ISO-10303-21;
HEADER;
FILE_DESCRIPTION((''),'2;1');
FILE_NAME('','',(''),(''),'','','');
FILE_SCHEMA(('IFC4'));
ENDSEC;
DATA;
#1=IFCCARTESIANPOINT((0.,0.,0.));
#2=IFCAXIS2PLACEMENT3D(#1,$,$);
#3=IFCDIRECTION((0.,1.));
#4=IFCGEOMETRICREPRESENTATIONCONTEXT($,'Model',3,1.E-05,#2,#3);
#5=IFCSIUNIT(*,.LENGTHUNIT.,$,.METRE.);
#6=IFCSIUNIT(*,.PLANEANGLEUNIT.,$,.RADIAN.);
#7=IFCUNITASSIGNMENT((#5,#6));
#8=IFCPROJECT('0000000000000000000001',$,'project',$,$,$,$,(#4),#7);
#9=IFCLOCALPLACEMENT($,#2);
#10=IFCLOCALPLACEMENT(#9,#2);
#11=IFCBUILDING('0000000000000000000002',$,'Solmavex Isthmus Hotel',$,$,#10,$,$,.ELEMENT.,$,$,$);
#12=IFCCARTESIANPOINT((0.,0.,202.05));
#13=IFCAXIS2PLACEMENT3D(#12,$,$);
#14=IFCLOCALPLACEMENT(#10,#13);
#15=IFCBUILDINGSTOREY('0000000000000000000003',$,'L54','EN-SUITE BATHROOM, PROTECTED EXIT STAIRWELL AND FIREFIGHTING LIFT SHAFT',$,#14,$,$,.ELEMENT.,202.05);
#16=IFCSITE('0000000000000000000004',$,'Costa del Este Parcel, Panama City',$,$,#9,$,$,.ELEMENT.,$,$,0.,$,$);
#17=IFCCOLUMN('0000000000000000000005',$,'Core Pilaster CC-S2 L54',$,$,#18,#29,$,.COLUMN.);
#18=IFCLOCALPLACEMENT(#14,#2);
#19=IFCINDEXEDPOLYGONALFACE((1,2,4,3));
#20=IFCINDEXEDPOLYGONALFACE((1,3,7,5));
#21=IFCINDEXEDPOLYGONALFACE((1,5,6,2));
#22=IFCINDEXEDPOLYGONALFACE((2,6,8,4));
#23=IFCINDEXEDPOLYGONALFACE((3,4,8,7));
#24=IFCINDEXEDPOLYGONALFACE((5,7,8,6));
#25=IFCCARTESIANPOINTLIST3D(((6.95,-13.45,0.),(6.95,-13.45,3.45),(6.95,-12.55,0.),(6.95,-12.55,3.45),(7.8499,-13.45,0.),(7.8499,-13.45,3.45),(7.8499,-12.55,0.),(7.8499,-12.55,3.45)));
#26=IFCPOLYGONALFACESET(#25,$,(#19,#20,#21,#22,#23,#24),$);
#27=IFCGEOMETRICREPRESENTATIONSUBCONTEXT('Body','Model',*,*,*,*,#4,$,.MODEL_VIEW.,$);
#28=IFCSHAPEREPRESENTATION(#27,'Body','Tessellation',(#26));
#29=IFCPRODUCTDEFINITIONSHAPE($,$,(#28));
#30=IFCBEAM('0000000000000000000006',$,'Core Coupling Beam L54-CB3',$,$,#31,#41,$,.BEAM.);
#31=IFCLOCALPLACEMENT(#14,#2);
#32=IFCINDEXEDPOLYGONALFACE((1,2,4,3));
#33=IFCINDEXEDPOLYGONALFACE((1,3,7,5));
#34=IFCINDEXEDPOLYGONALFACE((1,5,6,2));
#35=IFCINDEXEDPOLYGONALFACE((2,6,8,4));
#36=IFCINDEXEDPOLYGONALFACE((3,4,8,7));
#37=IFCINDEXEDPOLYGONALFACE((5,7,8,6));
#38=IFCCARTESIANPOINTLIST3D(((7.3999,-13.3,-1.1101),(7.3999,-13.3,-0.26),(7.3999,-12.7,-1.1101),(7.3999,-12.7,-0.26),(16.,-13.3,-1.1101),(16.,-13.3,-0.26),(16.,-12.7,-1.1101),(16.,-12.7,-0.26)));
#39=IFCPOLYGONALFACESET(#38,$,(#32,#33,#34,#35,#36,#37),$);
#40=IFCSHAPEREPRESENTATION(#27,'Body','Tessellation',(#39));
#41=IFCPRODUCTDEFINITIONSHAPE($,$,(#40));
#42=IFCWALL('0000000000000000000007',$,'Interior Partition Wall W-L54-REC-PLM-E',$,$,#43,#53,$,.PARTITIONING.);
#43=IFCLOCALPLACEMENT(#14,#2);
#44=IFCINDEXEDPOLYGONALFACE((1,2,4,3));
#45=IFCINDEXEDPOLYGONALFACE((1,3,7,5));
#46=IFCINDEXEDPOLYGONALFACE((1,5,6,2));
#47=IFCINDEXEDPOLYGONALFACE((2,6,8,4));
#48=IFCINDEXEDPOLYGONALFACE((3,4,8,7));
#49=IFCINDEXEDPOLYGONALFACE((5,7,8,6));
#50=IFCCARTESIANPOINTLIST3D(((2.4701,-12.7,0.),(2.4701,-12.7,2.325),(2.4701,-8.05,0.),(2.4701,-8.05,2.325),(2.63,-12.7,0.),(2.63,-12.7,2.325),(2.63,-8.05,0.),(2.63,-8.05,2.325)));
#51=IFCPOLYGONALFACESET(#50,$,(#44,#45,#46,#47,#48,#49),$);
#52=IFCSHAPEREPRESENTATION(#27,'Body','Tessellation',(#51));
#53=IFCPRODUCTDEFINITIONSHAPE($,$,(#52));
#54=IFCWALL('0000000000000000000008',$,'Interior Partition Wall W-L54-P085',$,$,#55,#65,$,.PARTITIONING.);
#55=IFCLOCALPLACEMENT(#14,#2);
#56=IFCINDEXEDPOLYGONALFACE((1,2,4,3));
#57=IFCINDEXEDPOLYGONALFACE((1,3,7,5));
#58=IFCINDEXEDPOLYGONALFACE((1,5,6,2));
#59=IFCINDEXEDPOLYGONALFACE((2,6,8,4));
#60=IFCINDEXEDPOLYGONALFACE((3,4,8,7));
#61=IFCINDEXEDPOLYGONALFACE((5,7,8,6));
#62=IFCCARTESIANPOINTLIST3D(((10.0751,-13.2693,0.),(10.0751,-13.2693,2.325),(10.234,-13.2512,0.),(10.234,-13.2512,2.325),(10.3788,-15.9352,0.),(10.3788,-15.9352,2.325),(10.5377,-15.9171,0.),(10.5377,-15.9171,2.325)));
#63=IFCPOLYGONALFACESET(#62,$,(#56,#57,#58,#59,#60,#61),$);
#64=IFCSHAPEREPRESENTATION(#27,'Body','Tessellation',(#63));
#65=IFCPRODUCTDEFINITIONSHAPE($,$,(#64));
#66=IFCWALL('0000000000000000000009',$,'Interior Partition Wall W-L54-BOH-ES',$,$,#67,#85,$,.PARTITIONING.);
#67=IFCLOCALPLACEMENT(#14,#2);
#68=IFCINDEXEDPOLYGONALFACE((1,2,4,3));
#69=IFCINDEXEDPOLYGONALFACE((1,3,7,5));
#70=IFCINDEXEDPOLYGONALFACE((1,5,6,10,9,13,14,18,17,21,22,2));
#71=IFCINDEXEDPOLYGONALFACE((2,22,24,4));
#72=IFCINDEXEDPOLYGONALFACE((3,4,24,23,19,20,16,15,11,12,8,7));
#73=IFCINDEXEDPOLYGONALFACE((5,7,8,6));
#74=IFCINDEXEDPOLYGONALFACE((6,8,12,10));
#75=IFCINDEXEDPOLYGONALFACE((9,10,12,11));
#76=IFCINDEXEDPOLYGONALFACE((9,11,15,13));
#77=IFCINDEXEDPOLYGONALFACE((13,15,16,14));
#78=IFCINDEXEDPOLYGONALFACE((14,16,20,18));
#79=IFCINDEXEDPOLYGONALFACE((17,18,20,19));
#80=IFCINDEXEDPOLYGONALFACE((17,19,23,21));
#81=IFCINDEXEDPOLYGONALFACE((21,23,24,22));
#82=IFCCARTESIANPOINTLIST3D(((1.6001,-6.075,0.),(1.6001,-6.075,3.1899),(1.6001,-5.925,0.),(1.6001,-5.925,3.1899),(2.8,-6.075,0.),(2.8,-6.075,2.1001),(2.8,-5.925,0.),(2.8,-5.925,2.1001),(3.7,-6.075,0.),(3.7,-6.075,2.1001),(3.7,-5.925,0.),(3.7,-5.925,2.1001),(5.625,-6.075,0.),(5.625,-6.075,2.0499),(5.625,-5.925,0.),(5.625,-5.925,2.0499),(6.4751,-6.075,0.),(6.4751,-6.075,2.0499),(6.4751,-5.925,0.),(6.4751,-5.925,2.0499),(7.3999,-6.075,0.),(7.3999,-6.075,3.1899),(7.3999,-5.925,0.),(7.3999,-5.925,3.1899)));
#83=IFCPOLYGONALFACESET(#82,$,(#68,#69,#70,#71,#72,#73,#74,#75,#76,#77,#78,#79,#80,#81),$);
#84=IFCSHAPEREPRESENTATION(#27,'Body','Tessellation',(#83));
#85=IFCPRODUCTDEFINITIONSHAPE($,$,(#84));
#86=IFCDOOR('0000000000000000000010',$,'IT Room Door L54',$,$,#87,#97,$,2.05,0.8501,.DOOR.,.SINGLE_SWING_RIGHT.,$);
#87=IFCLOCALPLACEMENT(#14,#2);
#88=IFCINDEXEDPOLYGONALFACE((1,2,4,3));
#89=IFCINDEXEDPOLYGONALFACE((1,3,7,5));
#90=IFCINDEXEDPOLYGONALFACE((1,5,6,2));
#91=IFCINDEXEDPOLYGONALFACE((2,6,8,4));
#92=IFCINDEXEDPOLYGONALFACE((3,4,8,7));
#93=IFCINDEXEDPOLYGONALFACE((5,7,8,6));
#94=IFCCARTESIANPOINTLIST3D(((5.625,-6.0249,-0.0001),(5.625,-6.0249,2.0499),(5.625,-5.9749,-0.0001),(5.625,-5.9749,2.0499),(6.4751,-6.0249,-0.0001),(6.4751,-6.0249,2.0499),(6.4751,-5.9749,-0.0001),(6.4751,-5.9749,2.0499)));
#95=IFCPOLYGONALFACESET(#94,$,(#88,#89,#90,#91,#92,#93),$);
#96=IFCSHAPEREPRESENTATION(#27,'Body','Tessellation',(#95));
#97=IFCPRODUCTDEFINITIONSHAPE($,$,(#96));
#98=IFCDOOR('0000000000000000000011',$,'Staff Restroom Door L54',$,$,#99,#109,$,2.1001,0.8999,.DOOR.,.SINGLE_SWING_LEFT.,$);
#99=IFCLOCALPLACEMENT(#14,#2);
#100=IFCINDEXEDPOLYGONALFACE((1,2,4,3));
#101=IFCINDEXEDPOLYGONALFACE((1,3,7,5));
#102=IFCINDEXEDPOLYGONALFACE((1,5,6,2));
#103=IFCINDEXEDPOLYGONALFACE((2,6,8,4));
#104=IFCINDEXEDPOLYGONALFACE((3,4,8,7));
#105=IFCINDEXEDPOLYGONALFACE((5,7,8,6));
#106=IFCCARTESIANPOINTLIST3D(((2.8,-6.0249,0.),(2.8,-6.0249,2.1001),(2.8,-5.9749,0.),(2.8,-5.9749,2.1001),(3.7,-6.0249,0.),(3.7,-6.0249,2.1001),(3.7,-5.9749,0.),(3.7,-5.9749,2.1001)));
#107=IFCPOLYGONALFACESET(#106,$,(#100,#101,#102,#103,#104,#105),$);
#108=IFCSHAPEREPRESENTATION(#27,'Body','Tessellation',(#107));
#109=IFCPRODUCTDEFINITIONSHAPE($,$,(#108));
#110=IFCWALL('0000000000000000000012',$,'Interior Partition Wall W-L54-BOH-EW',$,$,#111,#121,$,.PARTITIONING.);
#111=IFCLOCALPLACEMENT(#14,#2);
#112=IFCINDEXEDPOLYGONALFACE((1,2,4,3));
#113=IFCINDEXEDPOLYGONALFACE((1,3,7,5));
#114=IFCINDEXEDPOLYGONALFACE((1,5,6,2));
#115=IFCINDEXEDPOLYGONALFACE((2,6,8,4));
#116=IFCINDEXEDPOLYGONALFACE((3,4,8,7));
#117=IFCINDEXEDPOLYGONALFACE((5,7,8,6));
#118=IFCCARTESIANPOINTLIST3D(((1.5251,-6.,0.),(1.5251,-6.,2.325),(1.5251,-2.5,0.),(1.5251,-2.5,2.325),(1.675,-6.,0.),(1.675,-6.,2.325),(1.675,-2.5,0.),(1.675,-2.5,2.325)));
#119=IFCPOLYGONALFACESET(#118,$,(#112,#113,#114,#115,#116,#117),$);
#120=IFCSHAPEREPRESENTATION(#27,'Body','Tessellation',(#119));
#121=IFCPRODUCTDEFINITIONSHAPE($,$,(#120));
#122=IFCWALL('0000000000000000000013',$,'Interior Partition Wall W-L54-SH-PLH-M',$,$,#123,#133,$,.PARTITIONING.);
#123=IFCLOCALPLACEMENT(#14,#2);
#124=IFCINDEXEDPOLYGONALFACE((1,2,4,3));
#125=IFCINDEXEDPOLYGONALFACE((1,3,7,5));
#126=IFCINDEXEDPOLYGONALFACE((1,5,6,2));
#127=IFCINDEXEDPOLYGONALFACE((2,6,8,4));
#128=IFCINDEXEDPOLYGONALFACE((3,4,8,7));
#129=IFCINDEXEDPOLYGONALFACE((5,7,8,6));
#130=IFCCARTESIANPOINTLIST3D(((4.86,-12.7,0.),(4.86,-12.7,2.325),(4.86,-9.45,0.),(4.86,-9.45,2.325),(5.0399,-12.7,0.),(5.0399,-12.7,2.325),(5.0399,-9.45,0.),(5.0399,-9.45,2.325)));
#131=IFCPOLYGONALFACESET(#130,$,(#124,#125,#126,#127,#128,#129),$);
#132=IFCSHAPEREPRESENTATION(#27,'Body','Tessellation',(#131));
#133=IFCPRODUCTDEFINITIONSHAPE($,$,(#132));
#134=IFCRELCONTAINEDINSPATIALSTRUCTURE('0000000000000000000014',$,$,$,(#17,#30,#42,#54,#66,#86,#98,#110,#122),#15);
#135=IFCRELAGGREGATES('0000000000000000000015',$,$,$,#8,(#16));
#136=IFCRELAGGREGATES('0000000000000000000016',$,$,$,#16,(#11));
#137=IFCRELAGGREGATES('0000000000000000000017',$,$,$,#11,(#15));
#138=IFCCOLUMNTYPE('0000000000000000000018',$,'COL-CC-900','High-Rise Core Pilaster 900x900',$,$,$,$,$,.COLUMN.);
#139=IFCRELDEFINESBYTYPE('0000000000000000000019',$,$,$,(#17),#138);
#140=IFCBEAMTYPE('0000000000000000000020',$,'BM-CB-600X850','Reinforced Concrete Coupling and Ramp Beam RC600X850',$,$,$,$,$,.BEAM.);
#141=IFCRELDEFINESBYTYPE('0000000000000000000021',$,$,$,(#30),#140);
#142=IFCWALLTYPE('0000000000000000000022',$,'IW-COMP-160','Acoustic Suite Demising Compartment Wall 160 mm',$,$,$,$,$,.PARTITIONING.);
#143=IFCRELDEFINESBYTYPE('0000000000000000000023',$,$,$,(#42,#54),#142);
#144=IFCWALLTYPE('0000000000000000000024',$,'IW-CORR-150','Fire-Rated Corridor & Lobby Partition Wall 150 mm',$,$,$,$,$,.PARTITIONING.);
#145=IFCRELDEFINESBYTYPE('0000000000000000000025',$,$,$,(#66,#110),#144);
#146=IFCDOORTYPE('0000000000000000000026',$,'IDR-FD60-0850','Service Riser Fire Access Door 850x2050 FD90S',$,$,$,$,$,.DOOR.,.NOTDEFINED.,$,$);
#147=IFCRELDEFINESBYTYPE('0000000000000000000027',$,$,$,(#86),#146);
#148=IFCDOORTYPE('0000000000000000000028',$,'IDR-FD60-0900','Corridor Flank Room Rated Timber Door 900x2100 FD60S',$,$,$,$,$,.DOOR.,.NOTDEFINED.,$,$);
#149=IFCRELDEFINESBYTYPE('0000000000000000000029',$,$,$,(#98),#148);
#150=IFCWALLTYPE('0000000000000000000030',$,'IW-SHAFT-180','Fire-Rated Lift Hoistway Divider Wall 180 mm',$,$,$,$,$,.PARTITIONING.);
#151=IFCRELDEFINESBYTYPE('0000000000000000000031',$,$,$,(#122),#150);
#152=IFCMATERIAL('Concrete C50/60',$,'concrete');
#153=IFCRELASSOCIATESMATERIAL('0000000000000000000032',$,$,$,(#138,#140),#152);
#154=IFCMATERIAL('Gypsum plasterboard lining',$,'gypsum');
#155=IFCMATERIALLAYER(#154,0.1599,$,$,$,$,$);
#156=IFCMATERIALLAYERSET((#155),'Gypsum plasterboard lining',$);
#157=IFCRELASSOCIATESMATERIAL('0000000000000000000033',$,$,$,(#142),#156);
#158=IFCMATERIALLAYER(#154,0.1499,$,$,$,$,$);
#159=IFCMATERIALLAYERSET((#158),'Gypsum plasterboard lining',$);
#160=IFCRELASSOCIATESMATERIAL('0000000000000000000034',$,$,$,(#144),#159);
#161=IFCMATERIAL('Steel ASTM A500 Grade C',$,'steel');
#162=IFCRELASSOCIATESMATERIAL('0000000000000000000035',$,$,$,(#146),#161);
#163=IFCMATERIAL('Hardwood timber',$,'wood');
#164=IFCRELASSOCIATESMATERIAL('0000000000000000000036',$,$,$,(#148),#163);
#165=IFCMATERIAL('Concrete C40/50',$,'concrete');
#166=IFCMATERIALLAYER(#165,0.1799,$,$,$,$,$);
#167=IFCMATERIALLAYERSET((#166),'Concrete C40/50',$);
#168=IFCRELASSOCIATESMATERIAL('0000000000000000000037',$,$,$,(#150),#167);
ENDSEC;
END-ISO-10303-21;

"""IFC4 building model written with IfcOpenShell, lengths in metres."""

from ifc_helpers import new_model, si_unit, direction, frame, frame_2d, origin, origin_2d, place, context, subcontext, project, spatial, rectangle, extrude, material, layer, layer_set, material_profile, profile_set, type_object, element, fill, save


model = new_model("IFC4")

# Units and contexts
model_context = context("Model", 3, precision=1e-05, world=origin(), true_north=direction((0.0, 1.0)))
body_context = subcontext(model_context, "Body", "Model", "MODEL_VIEW")
ifc_project = project(units=[si_unit("LENGTHUNIT", "METRE"), si_unit("PLANEANGLEUNIT", "RADIAN")], contexts=[model_context])

# Site, building, storey
site_placement = place(None, origin())
site = spatial("IfcSite", under=ifc_project, at=site_placement, Name="Costa del Este Parcel, Panama City", CompositionType="ELEMENT", RefElevation=0.0)
building_placement = place(site_placement, origin())
building = spatial("IfcBuilding", under=site, at=building_placement, Name="Solmavex Isthmus Hotel", CompositionType="ELEMENT")
storey_placement = place(building_placement, frame((0.0, 0.0, 202.05)))
storey = spatial("IfcBuildingStorey", under=building, at=storey_placement, Name="L54", Description="EN-SUITE BATHROOM, PROTECTED EXIT STAIRWELL AND FIREFIGHTING LIFT SHAFT", CompositionType="ELEMENT", Elevation=202.05)

# Column
ifc_material_1 = material(Name="Concrete C50/60", Category="concrete")
ifc_material_profile_1 = material_profile(ifc_material_1, rectangle(XDim=0.8999, YDim=0.8999, at=origin_2d()), Name="RC900X900")
ifc_profile_set_1 = profile_set([ifc_material_profile_1], Name="Concrete C50/60")
column_type = type_object("IfcColumnType", Name="COL-CC-900", Description="High-Rise Core Pilaster 900x900", PredefinedType="COLUMN", material=ifc_profile_set_1)
column_placement = place(storey_placement, frame((7.3999, -13.0, 0.0), z_axis=(0.0, 0.0, 1.0), x_axis=(1.0, 0.0, 0.0)))
element("IfcColumn", 1, at=column_placement, inside=storey, type_object=column_type, Name="Core Pilaster CC-S2 L54", PredefinedType="COLUMN", context=body_context, shape_type="SweptSolid", body=[
    extrude(rectangle(XDim=0.8999, YDim=0.8999, at=origin_2d()), origin(), (0.0, 0.0, 1.0), 3.45),
])

# Beam
ifc_material_profile_2 = material_profile(ifc_material_1, rectangle(XDim=0.6001, YDim=0.8501, at=origin_2d()), Name="RC600X850")
ifc_profile_set_2 = profile_set([ifc_material_profile_2], Name="Concrete C50/60")
beam_type = type_object("IfcBeamType", Name="BM-CB-600X850", Description="Reinforced Concrete Coupling and Ramp Beam RC600X850", PredefinedType="BEAM", material=ifc_profile_set_2)
beam_placement = place(storey_placement, frame((7.3999, -13.0, -0.6851), z_axis=(1.0, 0.0, 0.0), x_axis=(0.0, 1.0, 0.0)))
element("IfcBeam", 2, at=beam_placement, inside=storey, type_object=beam_type, Name="Core Coupling Beam L54-CB3", PredefinedType="BEAM", context=body_context, shape_type="SweptSolid", body=[
    extrude(rectangle(XDim=0.6001, YDim=0.8501, at=origin_2d()), origin(), (0.0, 0.0, 1.0), 8.6001),
])

# Walls
ifc_material_2 = material(Name="Gypsum plasterboard lining", Category="gypsum")
ifc_layer_1 = layer(ifc_material_2, 0.1599)
ifc_layer_set_1 = layer_set([ifc_layer_1], Name="Gypsum plasterboard lining")
wall_type_1 = type_object("IfcWallType", Name="IW-COMP-160", Description="Acoustic Suite Demising Compartment Wall 160 mm", PredefinedType="PARTITIONING", material=ifc_layer_set_1)
wall_1_placement = place(storey_placement, frame((2.55, -12.7, 0.0), z_axis=(0.0, 0.0, 1.0), x_axis=(0.0, 1.0, 0.0)))
element("IfcWall", 3, at=wall_1_placement, inside=storey, type_object=wall_type_1, Name="Interior Partition Wall W-L54-REC-PLM-E", PredefinedType="PARTITIONING", context=body_context, shape_type="SweptSolid", body=[
    extrude(rectangle(XDim=4.6499, YDim=0.1599, at=frame_2d((2.325, 0.0))), origin(), (0.0, 0.0, 1.0), 2.325),
])
wall_2_placement = place(storey_placement, frame((10.1545, -13.2603, 0.0), z_axis=(0.0, 0.0, 1.0), x_axis=(0.113198, -0.993572, 0.0)))
element("IfcWall", 4, at=wall_2_placement, inside=storey, type_object=wall_type_1, Name="Interior Partition Wall W-L54-P085", PredefinedType="PARTITIONING", context=body_context, shape_type="SweptSolid", body=[
    extrude(rectangle(XDim=2.6831, YDim=0.1599, at=frame_2d((1.3416, 0.0))), origin(), (0.0, 0.0, 1.0), 2.325),
])

# Wall, openings, doors
ifc_layer_2 = layer(ifc_material_2, 0.1499)
ifc_layer_set_2 = layer_set([ifc_layer_2], Name="Gypsum plasterboard lining")
wall_type_2 = type_object("IfcWallType", Name="IW-CORR-150", Description="Fire-Rated Corridor & Lobby Partition Wall 150 mm", PredefinedType="PARTITIONING", material=ifc_layer_set_2)
wall_3_placement = place(storey_placement, frame((1.6001, -6.0, 0.0), z_axis=(0.0, 0.0, 1.0), x_axis=(1.0, 0.0, 0.0)))
wall_3 = element("IfcWall", 5, at=wall_3_placement, inside=storey, type_object=wall_type_2, Name="Interior Partition Wall W-L54-BOH-ES", PredefinedType="PARTITIONING", context=body_context, shape_type="SweptSolid", body=[
    extrude(rectangle(XDim=5.7998, YDim=0.1499, at=frame_2d((2.8999, 0.0))), origin(), (0.0, 0.0, 1.0), 3.1899),
])
opening_1_placement = place(wall_3_placement, frame((1.2, 0.0, 0.0)))
opening_1 = element("IfcOpeningElement", 6, at=opening_1_placement, cuts=wall_3, PredefinedType="OPENING", context=body_context, shape_type="SweptSolid", body=[
    extrude(rectangle(XDim=0.8999, YDim=2.1001, at=frame_2d((0.45, 1.05))), frame((0.0, 0.085, 0.0), z_axis=(0.0, -1.0, 0.0), x_axis=(1.0, 0.0, 0.0)), (0.0, 0.0, 1.0), 0.1699),
])
opening_2_placement = place(wall_3_placement, frame((4.0249, 0.0, 0.0)))
opening_2 = element("IfcOpeningElement", 7, at=opening_2_placement, cuts=wall_3, PredefinedType="OPENING", context=body_context, shape_type="SweptSolid", body=[
    extrude(rectangle(XDim=0.8501, YDim=2.05, at=frame_2d((0.425, 1.0249))), frame((0.0, 0.085, 0.0), z_axis=(0.0, -1.0, 0.0), x_axis=(1.0, 0.0, 0.0)), (0.0, 0.0, 1.0), 0.1699),
])
ifc_material_3 = material(Name="Steel ASTM A500 Grade C", Category="steel")
door_type_1 = type_object("IfcDoorType", Name="IDR-FD60-0850", Description="Service Riser Fire Access Door 850x2050 FD90S", OperationType="NOTDEFINED", PredefinedType="DOOR", material=ifc_material_3)
door_1_placement = place(opening_2_placement, frame((0.8501, 0.0, 0.0), z_axis=(0.0, 0.0, 1.0), x_axis=(-1.0, 0.0, 0.0)))
door_1 = element("IfcDoor", 8, at=door_1_placement, inside=storey, type_object=door_type_1, Name="IT Room Door L54", OperationType="SINGLE_SWING_RIGHT", OverallHeight=2.05, OverallWidth=0.8501, PredefinedType="DOOR", context=body_context, shape_type="SweptSolid", body=[
    extrude(rectangle(XDim=0.8501, YDim=2.05, at=frame_2d((0.425, 1.0249))), frame((0.0, 0.0249, 0.0), z_axis=(0.0, -1.0, 0.0), x_axis=(1.0, 0.0, 0.0)), (0.0, 0.0, 1.0), 0.05),
])
fill(opening_2, door_1)
ifc_material_4 = material(Name="Hardwood timber", Category="wood")
door_type_2 = type_object("IfcDoorType", Name="IDR-FD60-0900", Description="Corridor Flank Room Rated Timber Door 900x2100 FD60S", OperationType="NOTDEFINED", PredefinedType="DOOR", material=ifc_material_4)
door_2_placement = place(opening_1_placement, frame((0.8999, 0.0, 0.0), z_axis=(0.0, 0.0, 1.0), x_axis=(-1.0, 0.0, 0.0)))
door_2 = element("IfcDoor", 9, at=door_2_placement, inside=storey, type_object=door_type_2, Name="Staff Restroom Door L54", OperationType="SINGLE_SWING_LEFT", OverallHeight=2.1001, OverallWidth=0.8999, PredefinedType="DOOR", context=body_context, shape_type="SweptSolid", body=[
    extrude(rectangle(XDim=0.8999, YDim=2.1001, at=frame_2d((0.45, 1.05))), frame((0.0, 0.0249, 0.0), z_axis=(0.0, -1.0, 0.0), x_axis=(1.0, 0.0, 0.0)), (0.0, 0.0, 1.0), 0.05),
])
fill(opening_1, door_2)

# Walls
wall_4_placement = place(storey_placement, frame((1.6001, -6.0, 0.0), z_axis=(0.0, 0.0, 1.0), x_axis=(0.0, 1.0, 0.0)))
element("IfcWall", 10, at=wall_4_placement, inside=storey, type_object=wall_type_2, Name="Interior Partition Wall W-L54-BOH-EW", PredefinedType="PARTITIONING", context=body_context, shape_type="SweptSolid", body=[
    extrude(rectangle(XDim=3.5, YDim=0.1499, at=frame_2d((1.75, 0.0))), origin(), (0.0, 0.0, 1.0), 2.325),
])
ifc_material_5 = material(Name="Concrete C40/50", Category="concrete")
ifc_layer_3 = layer(ifc_material_5, 0.1799)
ifc_layer_set_3 = layer_set([ifc_layer_3], Name="Concrete C40/50")
wall_type_3 = type_object("IfcWallType", Name="IW-SHAFT-180", Description="Fire-Rated Lift Hoistway Divider Wall 180 mm", PredefinedType="PARTITIONING", material=ifc_layer_set_3)
wall_5_placement = place(storey_placement, frame((4.95, -12.7, 0.0), z_axis=(0.0, 0.0, 1.0), x_axis=(0.0, 1.0, 0.0)))
element("IfcWall", 11, at=wall_5_placement, inside=storey, type_object=wall_type_3, Name="Interior Partition Wall W-L54-SH-PLH-M", PredefinedType="PARTITIONING", context=body_context, shape_type="SweptSolid", body=[
    extrude(rectangle(XDim=3.25, YDim=0.1799, at=frame_2d((1.625, 0.0))), origin(), (0.0, 0.0, 1.0), 2.325),
])

save(model, "model.ifc")
